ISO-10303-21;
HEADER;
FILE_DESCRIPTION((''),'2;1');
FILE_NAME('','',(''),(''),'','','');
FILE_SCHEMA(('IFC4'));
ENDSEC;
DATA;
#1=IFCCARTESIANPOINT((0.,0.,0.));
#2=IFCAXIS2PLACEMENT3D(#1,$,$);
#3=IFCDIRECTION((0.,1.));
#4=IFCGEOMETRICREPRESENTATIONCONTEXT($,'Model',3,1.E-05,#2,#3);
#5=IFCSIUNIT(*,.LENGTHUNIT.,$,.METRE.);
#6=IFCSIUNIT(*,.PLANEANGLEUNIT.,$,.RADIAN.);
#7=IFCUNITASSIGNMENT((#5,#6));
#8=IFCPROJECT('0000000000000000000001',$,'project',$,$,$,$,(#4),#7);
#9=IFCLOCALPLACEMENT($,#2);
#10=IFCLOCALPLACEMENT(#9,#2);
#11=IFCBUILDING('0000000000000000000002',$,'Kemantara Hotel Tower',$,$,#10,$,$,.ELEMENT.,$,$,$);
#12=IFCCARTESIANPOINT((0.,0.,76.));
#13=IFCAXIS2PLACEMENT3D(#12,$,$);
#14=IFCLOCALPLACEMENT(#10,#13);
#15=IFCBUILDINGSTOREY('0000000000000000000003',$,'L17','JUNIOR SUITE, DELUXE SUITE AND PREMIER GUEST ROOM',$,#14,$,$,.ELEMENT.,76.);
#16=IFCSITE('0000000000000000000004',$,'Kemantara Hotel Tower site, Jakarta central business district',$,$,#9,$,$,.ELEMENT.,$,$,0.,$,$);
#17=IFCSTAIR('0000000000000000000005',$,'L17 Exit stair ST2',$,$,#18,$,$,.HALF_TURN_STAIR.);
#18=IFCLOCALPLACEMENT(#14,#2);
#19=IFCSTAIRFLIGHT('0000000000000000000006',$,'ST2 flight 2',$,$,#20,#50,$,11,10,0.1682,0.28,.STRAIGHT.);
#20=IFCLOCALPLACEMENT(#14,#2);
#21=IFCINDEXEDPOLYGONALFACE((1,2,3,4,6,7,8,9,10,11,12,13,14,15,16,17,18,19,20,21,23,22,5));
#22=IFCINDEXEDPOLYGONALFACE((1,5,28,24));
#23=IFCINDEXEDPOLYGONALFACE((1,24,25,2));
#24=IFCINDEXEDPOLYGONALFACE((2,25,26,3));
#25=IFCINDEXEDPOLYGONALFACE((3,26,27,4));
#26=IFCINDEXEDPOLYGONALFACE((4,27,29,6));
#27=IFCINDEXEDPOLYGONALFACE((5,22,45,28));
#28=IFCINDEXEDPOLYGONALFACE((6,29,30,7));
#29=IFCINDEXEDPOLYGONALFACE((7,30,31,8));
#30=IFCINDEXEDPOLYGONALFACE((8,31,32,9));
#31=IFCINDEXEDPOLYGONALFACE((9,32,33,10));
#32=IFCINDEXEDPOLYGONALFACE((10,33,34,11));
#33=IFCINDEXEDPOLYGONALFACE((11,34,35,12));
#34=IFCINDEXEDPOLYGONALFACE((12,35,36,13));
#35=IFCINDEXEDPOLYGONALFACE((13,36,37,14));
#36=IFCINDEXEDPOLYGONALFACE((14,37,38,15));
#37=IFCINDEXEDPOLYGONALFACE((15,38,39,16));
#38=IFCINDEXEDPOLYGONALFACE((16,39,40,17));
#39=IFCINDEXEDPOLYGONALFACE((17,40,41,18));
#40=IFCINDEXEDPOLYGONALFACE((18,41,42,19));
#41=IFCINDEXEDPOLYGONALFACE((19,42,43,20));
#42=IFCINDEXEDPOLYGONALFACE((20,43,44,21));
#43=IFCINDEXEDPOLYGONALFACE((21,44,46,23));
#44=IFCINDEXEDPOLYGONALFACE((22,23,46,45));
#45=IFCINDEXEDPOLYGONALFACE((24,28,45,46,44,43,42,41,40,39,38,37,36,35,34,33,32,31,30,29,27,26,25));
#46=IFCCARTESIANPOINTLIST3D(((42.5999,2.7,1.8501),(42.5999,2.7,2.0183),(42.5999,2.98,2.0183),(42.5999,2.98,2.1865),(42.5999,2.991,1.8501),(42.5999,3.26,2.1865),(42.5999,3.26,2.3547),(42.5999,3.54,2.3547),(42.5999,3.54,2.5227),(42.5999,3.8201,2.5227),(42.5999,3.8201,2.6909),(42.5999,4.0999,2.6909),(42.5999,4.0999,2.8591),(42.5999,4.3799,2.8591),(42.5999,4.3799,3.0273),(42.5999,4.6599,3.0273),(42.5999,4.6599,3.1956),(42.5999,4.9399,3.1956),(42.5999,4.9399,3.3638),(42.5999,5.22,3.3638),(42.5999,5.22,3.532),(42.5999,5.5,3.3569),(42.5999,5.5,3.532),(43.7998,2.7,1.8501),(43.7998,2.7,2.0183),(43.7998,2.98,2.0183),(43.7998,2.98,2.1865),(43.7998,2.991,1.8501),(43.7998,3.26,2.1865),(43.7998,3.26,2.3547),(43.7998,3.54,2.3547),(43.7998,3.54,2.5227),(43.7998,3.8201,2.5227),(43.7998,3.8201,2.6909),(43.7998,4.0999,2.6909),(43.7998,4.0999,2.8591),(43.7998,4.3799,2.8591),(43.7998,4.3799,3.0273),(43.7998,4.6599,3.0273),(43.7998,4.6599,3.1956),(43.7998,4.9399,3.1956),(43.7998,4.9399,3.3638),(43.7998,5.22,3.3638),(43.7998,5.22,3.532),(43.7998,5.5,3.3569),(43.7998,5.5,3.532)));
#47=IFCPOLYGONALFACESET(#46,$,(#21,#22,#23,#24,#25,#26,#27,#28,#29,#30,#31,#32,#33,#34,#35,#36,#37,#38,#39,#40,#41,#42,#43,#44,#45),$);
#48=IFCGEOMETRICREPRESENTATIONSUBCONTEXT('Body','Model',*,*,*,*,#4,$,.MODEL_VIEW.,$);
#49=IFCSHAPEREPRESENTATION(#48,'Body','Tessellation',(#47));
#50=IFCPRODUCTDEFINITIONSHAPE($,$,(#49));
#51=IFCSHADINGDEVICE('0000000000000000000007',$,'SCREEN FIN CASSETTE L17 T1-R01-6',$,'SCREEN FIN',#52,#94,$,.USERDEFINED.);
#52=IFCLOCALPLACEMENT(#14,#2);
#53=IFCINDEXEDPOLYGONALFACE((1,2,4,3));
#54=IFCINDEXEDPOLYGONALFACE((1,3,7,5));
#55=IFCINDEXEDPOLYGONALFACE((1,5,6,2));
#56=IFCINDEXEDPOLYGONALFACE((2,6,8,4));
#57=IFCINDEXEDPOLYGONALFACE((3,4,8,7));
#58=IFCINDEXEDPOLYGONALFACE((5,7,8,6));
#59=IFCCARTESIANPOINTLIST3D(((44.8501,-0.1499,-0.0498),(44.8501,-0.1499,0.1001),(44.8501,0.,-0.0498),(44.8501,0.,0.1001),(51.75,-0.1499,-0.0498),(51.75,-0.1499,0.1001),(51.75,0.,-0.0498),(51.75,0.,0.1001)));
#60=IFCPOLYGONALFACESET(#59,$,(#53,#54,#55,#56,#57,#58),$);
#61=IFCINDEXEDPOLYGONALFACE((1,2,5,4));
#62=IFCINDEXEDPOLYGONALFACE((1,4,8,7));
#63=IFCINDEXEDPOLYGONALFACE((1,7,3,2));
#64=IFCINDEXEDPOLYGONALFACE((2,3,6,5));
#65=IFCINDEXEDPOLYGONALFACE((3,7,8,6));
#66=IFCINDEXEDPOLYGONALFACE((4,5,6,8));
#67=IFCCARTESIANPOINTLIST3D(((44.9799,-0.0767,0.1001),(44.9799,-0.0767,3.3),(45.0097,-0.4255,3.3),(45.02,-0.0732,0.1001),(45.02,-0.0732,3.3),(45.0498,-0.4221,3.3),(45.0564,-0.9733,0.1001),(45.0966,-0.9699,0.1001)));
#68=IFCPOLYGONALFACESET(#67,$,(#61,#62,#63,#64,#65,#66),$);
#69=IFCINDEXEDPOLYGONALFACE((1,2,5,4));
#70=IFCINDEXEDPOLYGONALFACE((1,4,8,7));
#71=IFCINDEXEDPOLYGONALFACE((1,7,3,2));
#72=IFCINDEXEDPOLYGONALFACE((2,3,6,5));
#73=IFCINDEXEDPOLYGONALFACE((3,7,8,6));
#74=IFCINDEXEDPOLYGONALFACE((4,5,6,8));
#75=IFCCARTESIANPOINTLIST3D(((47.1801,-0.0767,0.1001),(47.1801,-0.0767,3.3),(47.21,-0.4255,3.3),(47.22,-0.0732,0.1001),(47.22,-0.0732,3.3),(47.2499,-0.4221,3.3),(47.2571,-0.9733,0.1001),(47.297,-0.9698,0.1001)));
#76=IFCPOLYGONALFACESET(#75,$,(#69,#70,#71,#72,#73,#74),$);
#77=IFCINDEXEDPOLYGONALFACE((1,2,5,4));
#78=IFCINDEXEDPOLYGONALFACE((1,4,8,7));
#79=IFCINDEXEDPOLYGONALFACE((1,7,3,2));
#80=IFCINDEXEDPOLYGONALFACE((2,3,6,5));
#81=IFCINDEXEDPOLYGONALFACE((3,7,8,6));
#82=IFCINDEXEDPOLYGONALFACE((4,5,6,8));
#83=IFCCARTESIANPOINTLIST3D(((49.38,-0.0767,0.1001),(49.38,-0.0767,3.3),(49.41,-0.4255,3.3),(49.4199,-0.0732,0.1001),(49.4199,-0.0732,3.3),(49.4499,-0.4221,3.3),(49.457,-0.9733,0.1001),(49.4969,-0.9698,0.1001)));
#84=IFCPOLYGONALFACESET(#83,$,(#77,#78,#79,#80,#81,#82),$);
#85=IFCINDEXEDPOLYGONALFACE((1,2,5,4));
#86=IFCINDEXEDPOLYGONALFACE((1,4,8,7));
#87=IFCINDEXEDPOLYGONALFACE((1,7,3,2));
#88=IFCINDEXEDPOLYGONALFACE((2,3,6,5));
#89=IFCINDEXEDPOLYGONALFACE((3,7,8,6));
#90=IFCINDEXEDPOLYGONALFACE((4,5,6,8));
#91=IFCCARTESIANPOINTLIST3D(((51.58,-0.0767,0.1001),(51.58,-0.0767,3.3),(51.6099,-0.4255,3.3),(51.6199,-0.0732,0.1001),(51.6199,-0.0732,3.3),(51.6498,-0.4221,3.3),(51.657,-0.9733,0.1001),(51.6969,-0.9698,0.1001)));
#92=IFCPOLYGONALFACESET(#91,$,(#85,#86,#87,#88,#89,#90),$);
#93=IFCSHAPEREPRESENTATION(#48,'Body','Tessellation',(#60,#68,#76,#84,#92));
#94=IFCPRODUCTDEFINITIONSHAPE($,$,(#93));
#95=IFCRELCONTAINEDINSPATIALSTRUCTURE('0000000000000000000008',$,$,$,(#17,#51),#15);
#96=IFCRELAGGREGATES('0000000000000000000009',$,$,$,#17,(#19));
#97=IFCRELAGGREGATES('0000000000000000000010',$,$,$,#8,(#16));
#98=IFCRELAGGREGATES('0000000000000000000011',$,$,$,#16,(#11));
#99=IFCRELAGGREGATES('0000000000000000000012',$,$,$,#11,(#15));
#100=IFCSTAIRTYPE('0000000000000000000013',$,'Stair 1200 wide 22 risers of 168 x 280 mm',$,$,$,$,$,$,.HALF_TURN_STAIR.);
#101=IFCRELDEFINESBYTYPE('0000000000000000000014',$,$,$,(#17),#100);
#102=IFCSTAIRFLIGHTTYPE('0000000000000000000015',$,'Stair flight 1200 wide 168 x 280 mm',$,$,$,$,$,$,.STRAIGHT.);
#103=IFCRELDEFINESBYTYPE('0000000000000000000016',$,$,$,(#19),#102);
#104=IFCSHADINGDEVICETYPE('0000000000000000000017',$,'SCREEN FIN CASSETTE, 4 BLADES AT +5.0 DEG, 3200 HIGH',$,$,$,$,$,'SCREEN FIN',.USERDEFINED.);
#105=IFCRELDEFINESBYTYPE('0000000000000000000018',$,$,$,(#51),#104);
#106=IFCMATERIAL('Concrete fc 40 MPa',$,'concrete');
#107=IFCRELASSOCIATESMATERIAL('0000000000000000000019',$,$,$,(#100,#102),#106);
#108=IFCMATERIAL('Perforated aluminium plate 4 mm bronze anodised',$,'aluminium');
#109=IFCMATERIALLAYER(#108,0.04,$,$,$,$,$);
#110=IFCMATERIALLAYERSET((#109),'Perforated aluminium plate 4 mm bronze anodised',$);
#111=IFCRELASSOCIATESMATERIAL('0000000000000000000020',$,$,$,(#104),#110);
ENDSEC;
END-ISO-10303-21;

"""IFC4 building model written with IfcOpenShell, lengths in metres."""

from ifc_helpers import new_model, si_unit, direction, frame, origin, origin_2d, place, context, subcontext, project, spatial, polyline, rectangle, outline, extrude, source, transform, mapped, material, layer, layer_set, type_object, element, aggregate, save


model = new_model("IFC4")

# Units and contexts
model_context = context("Model", 3, precision=1e-05, world=origin(), true_north=direction((0.0, 1.0)))
body_context = subcontext(model_context, "Body", "Model", "MODEL_VIEW")
ifc_project = project(units=[si_unit("LENGTHUNIT", "METRE"), si_unit("PLANEANGLEUNIT", "RADIAN")], contexts=[model_context])

# Site, building, storey
site_placement = place(None, origin())
site = spatial("IfcSite", under=ifc_project, at=site_placement, Name="Kemantara Hotel Tower site, Jakarta central business district", CompositionType="ELEMENT", RefElevation=0.0)
building_placement = place(site_placement, origin())
building = spatial("IfcBuilding", under=site, at=building_placement, Name="Kemantara Hotel Tower", CompositionType="ELEMENT")
storey_placement = place(building_placement, frame((0.0, 0.0, 76.0)))
storey = spatial("IfcBuildingStorey", under=building, at=storey_placement, Name="L17", Description="JUNIOR SUITE, DELUXE SUITE AND PREMIER GUEST ROOM", CompositionType="ELEMENT", Elevation=76.0)

# Stair, stair flight
ifc_material_1 = material(Name="Concrete fc 40 MPa", Category="concrete")
stair_type = type_object("IfcStairType", Name="Stair 1200 wide 22 risers of 168 x 280 mm", PredefinedType="HALF_TURN_STAIR", material=ifc_material_1)
stair_placement = place(storey_placement, origin())
stair = element("IfcStair", 1, at=stair_placement, inside=storey, type_object=stair_type, Name="L17 Exit stair ST2", PredefinedType="HALF_TURN_STAIR")
stair_flight_type = type_object("IfcStairFlightType", Name="Stair flight 1200 wide 168 x 280 mm", PredefinedType="STRAIGHT", material=ifc_material_1)
stair_flight_placement = place(storey_placement, frame((43.2, 2.7, 1.8501), z_axis=(0.0, 0.0, 1.0), x_axis=(0.0, 1.0, 0.0)))
stair_flight = element("IfcStairFlight", 2, at=stair_flight_placement, type_object=stair_flight_type, Name="ST2 flight 2", NumberOfRisers=11, NumberOfTreads=10, PredefinedType="STRAIGHT", RiserHeight=0.1682, TreadLength=0.28, context=body_context, shape_type="SweptSolid", body=[
    extrude(outline(polyline([(0.0, 0.0), (0.0, 0.1682), (0.28, 0.1682), (0.28, 0.3364), (0.5601, 0.3364), (0.5601, 0.5046), (0.8401, 0.5046), (0.8401, 0.6726), (1.1201, 0.6726), (1.1201, 0.8408), (1.3999, 0.8408), (1.3999, 1.009), (1.6799, 1.009), (1.6799, 1.1772), (1.96, 1.1772), (1.96, 1.3455), (2.24, 1.3455), (2.24, 1.5137), (2.52, 1.5137), (2.52, 1.6819), (2.8, 1.6819), (2.8, 1.8501), (2.8, 1.5068), (0.291, 0.0), (0.0, 0.0)])), frame((0.0, 0.6001, 0.0), z_axis=(0.0, -1.0, 0.0), x_axis=(1.0, 0.0, 0.0)), (0.0, 0.0, 1.0), 1.2),
])
aggregate(stair, [stair_flight])

# Shading device
ifc_material_2 = material(Name="Perforated aluminium plate 4 mm bronze anodised", Category="aluminium")
ifc_layer_1 = layer(ifc_material_2, 0.04)
ifc_layer_set_1 = layer_set([ifc_layer_1], Name="Perforated aluminium plate 4 mm bronze anodised")
shading_device_type = type_object("IfcShadingDeviceType", Name="SCREEN FIN CASSETTE, 4 BLADES AT +5.0 DEG, 3200 HIGH", ElementType="SCREEN FIN", PredefinedType="USERDEFINED", material=ifc_layer_set_1)
shared_shape = source(origin(), body_context, "Body", "SweptSolid", [
    extrude(rectangle(XDim=6.8999, YDim=0.1499, at=origin_2d()), frame((3.3, -0.075, -0.1499), z_axis=(0.0, 0.0, 1.0), x_axis=(1.0, 0.0, 0.0)), (0.0, 0.0, 1.0), 0.1499),
    extrude(outline(polyline([(0.0, 0.0), (0.8999, 0.0), (0.3501, 3.2), (0.0, 3.2), (0.0, 0.0)])), frame((0.02, -0.0732, 0.0), z_axis=(-0.996376, -0.085056, 0.0), x_axis=(0.085056, -0.996376, 0.0)), (0.0, 0.0, 1.0), 0.0403),
    extrude(outline(polyline([(0.0, 0.0), (0.8999, 0.0), (0.3501, 3.2), (0.0, 3.2), (0.0, 0.0)])), frame((2.22, -0.0732, 0.0), z_axis=(-0.996332, -0.085575, 0.0), x_axis=(0.085575, -0.996332, 0.0)), (0.0, 0.0, 1.0), 0.04),
    extrude(outline(polyline([(0.0, 0.0), (0.8999, 0.0), (0.3501, 3.2), (0.0, 3.2), (0.0, 0.0)])), frame((4.4199, -0.0732, 0.0), z_axis=(-0.996332, -0.085575, 0.0), x_axis=(0.085575, -0.996332, 0.0)), (0.0, 0.0, 1.0), 0.04),
    extrude(outline(polyline([(0.0, 0.0), (0.8999, 0.0), (0.3501, 3.2), (0.0, 3.2), (0.0, 0.0)])), frame((6.6199, -0.0732, 0.0), z_axis=(-0.996332, -0.085575, 0.0), x_axis=(0.085575, -0.996332, 0.0)), (0.0, 0.0, 1.0), 0.04),
])
shading_device_placement = place(storey_placement, frame((45.0, 0.0, 0.1001), z_axis=(0.0, 0.0, 1.0), x_axis=(1.0, 0.0, 0.0)))
element("IfcShadingDevice", 3, at=shading_device_placement, inside=storey, type_object=shading_device_type, Name="SCREEN FIN CASSETTE L17 T1-R01-6", ObjectType="SCREEN FIN", PredefinedType="USERDEFINED", context=body_context, shape_type="MappedRepresentation", body=[
    mapped(shared_shape, transform((0.0, 0.0, 0.0))),
])

save(model, "model.ifc")
